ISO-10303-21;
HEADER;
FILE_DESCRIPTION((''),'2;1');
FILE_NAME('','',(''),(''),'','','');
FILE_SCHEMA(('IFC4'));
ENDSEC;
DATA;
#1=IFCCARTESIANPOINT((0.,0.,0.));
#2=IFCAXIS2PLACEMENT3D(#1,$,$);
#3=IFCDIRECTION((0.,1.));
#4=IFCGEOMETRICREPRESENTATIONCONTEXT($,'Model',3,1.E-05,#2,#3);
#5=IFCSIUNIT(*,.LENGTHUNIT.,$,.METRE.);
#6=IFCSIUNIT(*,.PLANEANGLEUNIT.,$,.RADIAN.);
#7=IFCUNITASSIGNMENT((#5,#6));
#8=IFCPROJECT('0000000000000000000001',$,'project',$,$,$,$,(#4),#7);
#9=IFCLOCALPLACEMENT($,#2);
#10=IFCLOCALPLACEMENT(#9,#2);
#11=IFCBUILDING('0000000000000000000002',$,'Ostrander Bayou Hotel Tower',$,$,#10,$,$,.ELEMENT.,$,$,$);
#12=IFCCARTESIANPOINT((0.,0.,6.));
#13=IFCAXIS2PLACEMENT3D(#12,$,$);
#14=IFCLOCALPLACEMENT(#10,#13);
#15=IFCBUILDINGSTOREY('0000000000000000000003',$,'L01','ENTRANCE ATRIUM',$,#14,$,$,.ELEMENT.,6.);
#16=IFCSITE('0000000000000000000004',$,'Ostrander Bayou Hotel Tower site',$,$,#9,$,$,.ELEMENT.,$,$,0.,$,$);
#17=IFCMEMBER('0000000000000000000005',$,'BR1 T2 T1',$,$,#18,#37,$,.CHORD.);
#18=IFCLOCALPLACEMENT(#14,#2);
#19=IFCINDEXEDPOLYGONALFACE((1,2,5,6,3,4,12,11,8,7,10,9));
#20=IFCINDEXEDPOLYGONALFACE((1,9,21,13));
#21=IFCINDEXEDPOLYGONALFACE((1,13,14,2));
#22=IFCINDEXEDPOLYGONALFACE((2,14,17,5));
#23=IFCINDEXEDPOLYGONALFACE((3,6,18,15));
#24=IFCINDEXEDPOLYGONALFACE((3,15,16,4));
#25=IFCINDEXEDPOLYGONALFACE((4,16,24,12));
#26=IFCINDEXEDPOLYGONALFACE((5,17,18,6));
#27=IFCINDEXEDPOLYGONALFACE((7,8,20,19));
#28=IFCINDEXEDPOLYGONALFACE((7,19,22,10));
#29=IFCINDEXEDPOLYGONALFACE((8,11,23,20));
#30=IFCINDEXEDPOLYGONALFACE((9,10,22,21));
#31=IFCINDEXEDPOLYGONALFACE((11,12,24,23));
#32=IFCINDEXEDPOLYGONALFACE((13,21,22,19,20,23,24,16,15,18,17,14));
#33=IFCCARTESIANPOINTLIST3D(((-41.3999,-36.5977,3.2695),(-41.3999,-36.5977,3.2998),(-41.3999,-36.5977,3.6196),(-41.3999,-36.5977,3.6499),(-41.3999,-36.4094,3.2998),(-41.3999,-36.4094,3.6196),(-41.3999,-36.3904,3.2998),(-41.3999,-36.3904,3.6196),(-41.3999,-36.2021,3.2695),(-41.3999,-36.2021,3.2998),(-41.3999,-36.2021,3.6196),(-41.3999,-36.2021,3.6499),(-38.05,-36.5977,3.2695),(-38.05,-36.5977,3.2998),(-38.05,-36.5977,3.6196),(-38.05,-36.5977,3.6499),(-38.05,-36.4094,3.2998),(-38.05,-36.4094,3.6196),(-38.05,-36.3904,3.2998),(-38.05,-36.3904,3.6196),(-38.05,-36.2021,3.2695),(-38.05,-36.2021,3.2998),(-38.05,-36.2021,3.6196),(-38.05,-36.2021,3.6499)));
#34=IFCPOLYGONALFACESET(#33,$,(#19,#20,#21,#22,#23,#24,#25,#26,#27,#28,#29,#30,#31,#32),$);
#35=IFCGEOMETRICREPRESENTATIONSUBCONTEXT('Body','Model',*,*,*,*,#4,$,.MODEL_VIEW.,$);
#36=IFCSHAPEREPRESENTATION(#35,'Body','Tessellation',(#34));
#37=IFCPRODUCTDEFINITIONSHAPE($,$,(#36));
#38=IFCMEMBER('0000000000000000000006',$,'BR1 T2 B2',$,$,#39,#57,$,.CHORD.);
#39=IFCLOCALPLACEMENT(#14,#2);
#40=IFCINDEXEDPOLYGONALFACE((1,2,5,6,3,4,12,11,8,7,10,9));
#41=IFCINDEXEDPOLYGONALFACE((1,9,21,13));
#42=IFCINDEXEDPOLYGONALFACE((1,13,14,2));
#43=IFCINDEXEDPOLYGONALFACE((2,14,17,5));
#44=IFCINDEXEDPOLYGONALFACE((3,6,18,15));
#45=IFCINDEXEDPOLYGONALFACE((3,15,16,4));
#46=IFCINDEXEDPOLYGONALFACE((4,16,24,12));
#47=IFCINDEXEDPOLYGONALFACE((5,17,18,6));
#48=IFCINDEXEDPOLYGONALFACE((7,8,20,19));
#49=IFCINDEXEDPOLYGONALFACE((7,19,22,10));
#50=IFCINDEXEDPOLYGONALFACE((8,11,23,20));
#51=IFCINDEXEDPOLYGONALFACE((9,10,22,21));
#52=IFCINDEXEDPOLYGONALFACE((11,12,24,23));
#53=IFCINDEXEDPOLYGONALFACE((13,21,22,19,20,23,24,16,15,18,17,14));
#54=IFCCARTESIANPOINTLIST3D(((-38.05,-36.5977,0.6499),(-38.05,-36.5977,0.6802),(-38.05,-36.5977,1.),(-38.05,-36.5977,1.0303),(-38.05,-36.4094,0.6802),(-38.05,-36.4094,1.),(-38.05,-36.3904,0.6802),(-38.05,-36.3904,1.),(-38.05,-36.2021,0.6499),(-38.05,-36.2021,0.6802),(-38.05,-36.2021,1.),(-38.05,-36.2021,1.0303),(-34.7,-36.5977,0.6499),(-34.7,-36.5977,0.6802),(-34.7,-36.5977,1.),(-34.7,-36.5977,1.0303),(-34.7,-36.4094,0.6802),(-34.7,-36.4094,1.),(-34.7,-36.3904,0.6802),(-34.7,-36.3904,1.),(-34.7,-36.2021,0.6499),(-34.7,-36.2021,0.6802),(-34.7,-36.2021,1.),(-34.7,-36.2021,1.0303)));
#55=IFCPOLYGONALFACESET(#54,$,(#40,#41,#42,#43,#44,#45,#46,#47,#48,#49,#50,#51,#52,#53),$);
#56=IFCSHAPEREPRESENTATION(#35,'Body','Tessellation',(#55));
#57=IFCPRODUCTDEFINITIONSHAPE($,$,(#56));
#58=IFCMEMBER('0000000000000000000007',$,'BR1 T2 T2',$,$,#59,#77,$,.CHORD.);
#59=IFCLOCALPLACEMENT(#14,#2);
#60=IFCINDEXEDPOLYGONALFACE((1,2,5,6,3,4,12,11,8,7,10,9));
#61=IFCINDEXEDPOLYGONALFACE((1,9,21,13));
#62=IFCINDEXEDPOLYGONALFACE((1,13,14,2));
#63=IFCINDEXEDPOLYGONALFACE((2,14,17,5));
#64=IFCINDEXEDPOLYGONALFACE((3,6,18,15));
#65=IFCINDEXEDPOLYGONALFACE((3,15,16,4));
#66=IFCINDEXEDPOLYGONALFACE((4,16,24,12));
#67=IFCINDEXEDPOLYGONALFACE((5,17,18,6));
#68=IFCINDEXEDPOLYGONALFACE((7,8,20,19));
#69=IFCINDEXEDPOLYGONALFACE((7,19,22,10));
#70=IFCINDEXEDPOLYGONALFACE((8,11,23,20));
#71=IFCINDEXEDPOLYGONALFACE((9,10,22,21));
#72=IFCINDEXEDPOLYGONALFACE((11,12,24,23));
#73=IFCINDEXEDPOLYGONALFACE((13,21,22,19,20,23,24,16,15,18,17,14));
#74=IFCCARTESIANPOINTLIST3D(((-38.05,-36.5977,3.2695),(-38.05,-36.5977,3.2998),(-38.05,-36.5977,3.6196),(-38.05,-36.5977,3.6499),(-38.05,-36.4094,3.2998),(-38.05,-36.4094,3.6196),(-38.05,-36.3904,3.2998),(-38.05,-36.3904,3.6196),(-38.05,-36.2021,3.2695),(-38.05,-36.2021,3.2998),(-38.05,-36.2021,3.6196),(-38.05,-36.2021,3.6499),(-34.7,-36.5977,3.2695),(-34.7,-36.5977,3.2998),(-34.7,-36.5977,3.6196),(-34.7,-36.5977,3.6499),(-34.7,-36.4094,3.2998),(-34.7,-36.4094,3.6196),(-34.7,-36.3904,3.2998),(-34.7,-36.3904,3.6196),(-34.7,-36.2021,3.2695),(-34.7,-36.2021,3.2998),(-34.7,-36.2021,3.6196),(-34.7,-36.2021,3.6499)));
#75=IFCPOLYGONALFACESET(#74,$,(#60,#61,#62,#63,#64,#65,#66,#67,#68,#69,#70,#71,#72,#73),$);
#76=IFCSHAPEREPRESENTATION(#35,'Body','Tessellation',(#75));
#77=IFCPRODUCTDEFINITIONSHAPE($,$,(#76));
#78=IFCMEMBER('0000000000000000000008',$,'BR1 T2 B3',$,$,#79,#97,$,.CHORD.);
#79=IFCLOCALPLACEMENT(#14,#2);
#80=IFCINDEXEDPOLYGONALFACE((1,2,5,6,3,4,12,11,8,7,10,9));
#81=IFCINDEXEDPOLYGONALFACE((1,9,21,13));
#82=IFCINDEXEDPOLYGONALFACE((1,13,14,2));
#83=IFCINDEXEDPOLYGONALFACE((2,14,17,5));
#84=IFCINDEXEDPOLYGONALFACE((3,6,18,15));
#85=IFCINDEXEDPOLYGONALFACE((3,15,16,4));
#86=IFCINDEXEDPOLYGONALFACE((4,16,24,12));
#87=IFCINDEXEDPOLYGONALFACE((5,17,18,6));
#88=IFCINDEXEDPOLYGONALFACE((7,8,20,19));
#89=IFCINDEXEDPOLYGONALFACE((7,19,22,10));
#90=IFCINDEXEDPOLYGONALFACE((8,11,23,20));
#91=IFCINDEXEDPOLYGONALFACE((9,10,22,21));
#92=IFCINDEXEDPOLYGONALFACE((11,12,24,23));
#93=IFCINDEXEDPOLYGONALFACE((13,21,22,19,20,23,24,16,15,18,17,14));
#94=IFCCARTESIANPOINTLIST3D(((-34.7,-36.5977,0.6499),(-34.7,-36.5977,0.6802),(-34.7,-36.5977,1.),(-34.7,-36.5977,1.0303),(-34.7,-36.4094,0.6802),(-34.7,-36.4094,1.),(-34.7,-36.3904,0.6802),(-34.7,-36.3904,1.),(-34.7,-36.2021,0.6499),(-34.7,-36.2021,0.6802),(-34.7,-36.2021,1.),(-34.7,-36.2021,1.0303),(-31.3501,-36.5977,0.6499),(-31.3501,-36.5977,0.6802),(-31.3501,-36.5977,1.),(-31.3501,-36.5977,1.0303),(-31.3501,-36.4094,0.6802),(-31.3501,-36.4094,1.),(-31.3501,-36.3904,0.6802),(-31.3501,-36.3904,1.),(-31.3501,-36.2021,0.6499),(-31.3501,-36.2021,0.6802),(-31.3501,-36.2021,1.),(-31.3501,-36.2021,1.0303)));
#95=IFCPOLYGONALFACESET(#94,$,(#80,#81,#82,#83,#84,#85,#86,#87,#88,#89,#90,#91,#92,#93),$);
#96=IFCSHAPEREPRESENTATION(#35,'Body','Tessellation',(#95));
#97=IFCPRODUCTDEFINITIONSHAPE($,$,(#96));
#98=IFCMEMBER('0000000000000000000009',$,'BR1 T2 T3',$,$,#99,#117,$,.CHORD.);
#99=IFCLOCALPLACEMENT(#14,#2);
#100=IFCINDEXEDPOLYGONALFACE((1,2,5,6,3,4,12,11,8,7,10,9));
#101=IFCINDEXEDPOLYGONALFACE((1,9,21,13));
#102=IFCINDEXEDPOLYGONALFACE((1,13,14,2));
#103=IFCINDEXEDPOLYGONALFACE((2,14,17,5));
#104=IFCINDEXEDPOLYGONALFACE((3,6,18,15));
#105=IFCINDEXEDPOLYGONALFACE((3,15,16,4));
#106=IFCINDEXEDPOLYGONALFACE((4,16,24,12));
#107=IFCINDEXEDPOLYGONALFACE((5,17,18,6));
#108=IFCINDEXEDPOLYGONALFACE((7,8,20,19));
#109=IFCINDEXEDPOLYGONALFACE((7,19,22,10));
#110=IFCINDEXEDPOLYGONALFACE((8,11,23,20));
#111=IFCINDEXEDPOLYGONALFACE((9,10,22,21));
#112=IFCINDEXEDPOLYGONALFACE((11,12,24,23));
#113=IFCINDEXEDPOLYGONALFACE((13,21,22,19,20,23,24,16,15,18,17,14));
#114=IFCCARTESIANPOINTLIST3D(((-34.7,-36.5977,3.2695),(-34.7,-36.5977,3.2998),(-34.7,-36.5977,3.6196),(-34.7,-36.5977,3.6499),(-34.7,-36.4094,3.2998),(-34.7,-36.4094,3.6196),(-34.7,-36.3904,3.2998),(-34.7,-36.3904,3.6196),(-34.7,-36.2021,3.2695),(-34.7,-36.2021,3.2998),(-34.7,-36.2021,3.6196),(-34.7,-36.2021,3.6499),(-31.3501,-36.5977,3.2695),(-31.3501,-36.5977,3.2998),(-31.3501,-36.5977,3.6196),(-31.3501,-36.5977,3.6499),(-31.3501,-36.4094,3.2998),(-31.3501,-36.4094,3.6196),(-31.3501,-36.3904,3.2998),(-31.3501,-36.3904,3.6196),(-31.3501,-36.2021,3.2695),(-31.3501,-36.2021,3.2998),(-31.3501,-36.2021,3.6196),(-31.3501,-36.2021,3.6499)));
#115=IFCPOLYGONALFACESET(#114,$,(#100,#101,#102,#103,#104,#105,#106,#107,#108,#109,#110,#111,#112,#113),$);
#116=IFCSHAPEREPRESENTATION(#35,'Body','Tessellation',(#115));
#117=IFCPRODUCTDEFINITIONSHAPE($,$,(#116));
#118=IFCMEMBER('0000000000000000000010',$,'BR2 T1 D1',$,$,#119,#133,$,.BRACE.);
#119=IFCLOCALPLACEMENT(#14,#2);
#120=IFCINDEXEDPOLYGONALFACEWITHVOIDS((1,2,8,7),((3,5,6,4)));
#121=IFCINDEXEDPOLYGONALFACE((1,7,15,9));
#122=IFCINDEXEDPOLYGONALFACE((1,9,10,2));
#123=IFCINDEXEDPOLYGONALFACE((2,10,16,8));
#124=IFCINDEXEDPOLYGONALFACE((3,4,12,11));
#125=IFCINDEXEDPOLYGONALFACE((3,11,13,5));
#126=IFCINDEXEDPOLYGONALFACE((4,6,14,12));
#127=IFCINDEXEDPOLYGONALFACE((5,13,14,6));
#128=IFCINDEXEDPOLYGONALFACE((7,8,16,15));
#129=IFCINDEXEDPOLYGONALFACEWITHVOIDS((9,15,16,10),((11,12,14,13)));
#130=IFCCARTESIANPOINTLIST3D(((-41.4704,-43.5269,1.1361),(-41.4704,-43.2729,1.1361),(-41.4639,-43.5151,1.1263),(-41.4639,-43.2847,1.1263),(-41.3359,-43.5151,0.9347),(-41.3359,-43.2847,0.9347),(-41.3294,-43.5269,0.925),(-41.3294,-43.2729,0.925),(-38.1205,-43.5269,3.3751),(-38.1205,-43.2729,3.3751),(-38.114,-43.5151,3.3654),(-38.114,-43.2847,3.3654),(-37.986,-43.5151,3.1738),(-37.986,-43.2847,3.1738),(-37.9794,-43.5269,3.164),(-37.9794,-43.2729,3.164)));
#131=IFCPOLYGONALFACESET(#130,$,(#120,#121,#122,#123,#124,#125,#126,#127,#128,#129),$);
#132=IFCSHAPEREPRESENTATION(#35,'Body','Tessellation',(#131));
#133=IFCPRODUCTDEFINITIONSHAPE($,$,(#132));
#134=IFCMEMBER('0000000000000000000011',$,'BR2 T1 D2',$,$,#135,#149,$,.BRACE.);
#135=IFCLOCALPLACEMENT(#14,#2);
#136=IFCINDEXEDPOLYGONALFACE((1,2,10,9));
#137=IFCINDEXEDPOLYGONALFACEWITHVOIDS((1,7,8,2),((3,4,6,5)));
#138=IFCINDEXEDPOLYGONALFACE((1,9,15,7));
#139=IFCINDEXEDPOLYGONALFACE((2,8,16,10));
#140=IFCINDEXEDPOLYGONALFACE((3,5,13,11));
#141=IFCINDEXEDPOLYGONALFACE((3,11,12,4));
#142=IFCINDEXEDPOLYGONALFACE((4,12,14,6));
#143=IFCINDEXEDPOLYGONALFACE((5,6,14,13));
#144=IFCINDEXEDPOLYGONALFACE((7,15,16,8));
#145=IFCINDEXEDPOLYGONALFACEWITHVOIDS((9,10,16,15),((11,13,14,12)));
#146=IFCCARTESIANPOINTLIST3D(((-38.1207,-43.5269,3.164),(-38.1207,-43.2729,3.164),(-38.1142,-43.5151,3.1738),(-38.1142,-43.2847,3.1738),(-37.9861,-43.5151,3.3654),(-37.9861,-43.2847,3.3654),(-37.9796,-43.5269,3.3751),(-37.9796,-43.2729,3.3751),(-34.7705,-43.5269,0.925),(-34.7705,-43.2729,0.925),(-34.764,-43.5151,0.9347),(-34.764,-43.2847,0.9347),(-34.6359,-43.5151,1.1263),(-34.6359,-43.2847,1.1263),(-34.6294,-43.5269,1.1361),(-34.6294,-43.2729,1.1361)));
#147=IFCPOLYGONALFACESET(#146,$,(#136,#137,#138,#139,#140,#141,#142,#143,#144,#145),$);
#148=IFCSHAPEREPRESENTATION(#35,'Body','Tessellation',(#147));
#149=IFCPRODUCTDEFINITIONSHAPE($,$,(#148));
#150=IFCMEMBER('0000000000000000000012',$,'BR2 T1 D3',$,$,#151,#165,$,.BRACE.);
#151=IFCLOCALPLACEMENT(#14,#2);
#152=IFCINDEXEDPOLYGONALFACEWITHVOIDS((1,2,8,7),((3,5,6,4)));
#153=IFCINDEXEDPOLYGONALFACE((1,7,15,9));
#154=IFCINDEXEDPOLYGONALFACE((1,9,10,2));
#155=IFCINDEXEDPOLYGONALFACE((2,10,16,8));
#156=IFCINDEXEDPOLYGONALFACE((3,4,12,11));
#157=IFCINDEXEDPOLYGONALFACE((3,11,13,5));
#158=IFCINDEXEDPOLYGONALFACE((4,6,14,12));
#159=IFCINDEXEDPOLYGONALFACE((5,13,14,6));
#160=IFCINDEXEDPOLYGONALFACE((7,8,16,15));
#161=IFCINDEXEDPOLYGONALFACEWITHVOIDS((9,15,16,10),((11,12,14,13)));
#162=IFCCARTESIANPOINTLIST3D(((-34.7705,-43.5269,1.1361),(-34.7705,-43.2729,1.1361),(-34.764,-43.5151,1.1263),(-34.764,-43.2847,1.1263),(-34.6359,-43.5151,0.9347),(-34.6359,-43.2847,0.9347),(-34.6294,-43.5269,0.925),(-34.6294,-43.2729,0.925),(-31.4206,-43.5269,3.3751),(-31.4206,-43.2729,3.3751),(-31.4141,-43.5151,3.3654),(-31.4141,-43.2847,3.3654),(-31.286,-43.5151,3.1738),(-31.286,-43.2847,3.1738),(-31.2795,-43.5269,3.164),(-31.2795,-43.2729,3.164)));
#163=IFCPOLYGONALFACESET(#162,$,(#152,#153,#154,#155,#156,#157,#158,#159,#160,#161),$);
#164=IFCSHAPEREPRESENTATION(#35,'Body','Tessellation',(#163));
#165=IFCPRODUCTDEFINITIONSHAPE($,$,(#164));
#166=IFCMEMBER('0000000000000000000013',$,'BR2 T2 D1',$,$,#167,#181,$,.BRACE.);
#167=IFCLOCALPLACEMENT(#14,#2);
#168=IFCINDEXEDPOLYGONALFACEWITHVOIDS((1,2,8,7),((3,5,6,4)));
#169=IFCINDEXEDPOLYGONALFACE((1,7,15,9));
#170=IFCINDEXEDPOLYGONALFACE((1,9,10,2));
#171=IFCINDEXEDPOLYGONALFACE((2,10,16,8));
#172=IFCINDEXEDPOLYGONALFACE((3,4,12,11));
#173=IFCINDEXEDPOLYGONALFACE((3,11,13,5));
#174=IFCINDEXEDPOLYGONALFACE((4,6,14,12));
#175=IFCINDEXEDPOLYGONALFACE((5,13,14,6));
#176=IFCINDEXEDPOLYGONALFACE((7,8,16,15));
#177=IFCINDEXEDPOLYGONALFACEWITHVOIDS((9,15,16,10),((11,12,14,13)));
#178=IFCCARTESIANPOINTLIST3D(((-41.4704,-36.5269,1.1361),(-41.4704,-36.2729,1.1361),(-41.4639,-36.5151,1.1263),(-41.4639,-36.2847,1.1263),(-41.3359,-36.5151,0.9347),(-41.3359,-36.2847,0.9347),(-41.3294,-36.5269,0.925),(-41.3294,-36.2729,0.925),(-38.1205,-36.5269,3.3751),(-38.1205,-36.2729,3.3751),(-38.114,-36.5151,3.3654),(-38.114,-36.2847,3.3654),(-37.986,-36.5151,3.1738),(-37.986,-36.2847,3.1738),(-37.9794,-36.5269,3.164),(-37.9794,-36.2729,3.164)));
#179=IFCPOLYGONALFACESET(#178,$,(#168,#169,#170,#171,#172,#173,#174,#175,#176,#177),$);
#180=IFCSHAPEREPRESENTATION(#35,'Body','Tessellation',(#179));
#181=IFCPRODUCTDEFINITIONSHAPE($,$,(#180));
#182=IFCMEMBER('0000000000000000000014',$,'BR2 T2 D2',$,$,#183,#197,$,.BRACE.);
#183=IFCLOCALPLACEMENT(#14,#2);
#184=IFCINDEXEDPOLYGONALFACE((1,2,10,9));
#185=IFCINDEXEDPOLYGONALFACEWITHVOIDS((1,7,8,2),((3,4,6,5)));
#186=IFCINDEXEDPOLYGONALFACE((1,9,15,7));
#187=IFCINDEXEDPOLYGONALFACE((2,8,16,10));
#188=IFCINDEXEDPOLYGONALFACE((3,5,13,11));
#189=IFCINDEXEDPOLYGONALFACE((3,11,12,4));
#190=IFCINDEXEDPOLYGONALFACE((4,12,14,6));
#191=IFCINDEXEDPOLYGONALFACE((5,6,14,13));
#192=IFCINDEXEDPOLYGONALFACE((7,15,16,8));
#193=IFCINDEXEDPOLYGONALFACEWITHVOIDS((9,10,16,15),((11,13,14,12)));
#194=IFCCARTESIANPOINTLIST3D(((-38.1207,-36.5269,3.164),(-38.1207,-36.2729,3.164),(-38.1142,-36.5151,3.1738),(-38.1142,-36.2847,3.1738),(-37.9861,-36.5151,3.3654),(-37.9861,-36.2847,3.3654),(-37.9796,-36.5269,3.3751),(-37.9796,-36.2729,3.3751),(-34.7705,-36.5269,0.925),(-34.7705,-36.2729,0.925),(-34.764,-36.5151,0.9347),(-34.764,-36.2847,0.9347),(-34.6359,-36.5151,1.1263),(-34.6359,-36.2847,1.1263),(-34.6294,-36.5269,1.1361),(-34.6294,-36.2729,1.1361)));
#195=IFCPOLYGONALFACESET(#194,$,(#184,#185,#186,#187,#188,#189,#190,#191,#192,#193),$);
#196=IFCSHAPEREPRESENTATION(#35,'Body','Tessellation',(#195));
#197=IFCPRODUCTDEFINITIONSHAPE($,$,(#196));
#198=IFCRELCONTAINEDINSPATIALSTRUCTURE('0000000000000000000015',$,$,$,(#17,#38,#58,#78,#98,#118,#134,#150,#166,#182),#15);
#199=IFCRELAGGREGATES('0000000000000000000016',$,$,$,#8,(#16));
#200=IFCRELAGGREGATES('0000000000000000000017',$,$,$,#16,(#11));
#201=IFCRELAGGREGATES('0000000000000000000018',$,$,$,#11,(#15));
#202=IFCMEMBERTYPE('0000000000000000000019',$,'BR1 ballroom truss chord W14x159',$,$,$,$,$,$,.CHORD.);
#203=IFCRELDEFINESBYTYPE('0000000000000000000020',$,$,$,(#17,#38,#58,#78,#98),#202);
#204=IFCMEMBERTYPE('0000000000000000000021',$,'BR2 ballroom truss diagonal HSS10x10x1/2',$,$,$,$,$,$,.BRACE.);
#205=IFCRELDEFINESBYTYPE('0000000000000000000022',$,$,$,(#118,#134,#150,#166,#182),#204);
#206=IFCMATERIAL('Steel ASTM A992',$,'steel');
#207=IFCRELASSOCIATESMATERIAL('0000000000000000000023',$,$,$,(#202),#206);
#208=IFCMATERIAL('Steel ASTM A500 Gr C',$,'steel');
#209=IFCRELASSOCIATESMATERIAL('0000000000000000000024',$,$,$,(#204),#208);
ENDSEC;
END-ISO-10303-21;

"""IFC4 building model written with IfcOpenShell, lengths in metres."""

from ifc_helpers import new_model, si_unit, direction, frame, origin, origin_2d, place, context, subcontext, project, spatial, hollow_rectangle, i_section, extrude, material, material_profile, profile_set, type_object, element, save


model = new_model("IFC4")

# Units and contexts
model_context = context("Model", 3, precision=1e-05, world=origin(), true_north=direction((0.0, 1.0)))
body_context = subcontext(model_context, "Body", "Model", "MODEL_VIEW")
ifc_project = project(units=[si_unit("LENGTHUNIT", "METRE"), si_unit("PLANEANGLEUNIT", "RADIAN")], contexts=[model_context])

# Site, building, storey
site_placement = place(None, origin())
site = spatial("IfcSite", under=ifc_project, at=site_placement, Name="Ostrander Bayou Hotel Tower site", CompositionType="ELEMENT", RefElevation=0.0)
building_placement = place(site_placement, origin())
building = spatial("IfcBuilding", under=site, at=building_placement, Name="Ostrander Bayou Hotel Tower", CompositionType="ELEMENT")
storey_placement = place(building_placement, frame((0.0, 0.0, 6.0)))
storey = spatial("IfcBuildingStorey", under=building, at=storey_placement, Name="L01", Description="ENTRANCE ATRIUM", CompositionType="ELEMENT", Elevation=6.0)

# Members
ifc_material_1 = material(Name="Steel ASTM A992", Category="steel")
ifc_material_profile_1 = material_profile(ifc_material_1, i_section(OverallWidth=0.3955, OverallDepth=0.3804, WebThickness=0.019, FlangeThickness=0.0303, at=origin_2d()))
ifc_profile_set_1 = profile_set([ifc_material_profile_1], Name="Steel ASTM A992")
member_type_1 = type_object("IfcMemberType", Name="BR1 ballroom truss chord W14x159", PredefinedType="CHORD", material=ifc_profile_set_1)
for number, where, z_axis, x_axis, name in (
    (1, (-41.3999, -36.3999, 3.4597), (1.0, 0.0, 0.0), (0.0, 1.0, 0.0), "BR1 T2 T1"),
):
    element("IfcMember", number, at=place(storey_placement, frame(where, z_axis=z_axis, x_axis=x_axis)), inside=storey, type_object=member_type_1, Name=name, PredefinedType="CHORD", context=body_context, shape_type="SweptSolid", body=[
        extrude(i_section(OverallWidth=0.3955, OverallDepth=0.3804, WebThickness=0.019, FlangeThickness=0.0303, at=origin_2d()), origin(), (0.0, 0.0, 1.0), 3.3499),
    ])
for number, where, z_axis, x_axis, name in (
    (2, (-38.05, -36.3999, 0.8401), (1.0, 0.0, 0.0), (0.0, 1.0, 0.0), "BR1 T2 B2"),
    (3, (-38.05, -36.3999, 3.4597), (1.0, 0.0, 0.0), (0.0, 1.0, 0.0), "BR1 T2 T2"),
):
    element("IfcMember", number, at=place(storey_placement, frame(where, z_axis=z_axis, x_axis=x_axis)), inside=storey, type_object=member_type_1, Name=name, PredefinedType="CHORD", context=body_context, shape_type="SweptSolid", body=[
        extrude(i_section(OverallWidth=0.3955, OverallDepth=0.3804, WebThickness=0.019, FlangeThickness=0.0303, at=origin_2d()), origin(), (0.0, 0.0, 1.0), 3.3501),
    ])
for number, where, z_axis, x_axis, name in (
    (4, (-34.7, -36.3999, 0.8401), (1.0, 0.0, 0.0), (0.0, 1.0, 0.0), "BR1 T2 B3"),
    (5, (-34.7, -36.3999, 3.4597), (1.0, 0.0, 0.0), (0.0, 1.0, 0.0), "BR1 T2 T3"),
):
    element("IfcMember", number, at=place(storey_placement, frame(where, z_axis=z_axis, x_axis=x_axis)), inside=storey, type_object=member_type_1, Name=name, PredefinedType="CHORD", context=body_context, shape_type="SweptSolid", body=[
        extrude(i_section(OverallWidth=0.3955, OverallDepth=0.3804, WebThickness=0.019, FlangeThickness=0.0303, at=origin_2d()), origin(), (0.0, 0.0, 1.0), 3.3499),
    ])
ifc_material_2 = material(Name="Steel ASTM A500 Gr C", Category="steel")
ifc_material_profile_2 = material_profile(ifc_material_2, hollow_rectangle(XDim=0.2539, YDim=0.2539, WallThickness=0.0117, at=origin_2d()))
ifc_profile_set_2 = profile_set([ifc_material_profile_2], Name="Steel ASTM A500 Gr C")
member_type_2 = type_object("IfcMemberType", Name="BR2 ballroom truss diagonal HSS10x10x1/2", PredefinedType="BRACE", material=ifc_profile_set_2)
member_1_placement = place(storey_placement, frame((-41.3999, -43.3999, 1.0305), z_axis=(0.831388, 0.0, 0.555693), x_axis=(0.0, 1.0, 0.0)))
element("IfcMember", 6, at=member_1_placement, inside=storey, type_object=member_type_2, Name="BR2 T1 D1", PredefinedType="BRACE", context=body_context, shape_type="SweptSolid", body=[
    extrude(hollow_rectangle(XDim=0.2539, YDim=0.2539, WallThickness=0.0117, at=origin_2d()), origin(), (0.0, 0.0, 1.0), 4.0293),
])
member_2_placement = place(storey_placement, frame((-34.7, -43.3999, 1.0305), z_axis=(-0.831407, 0.0, 0.555665), x_axis=(0.0, -1.0, 0.0)))
element("IfcMember", 7, at=member_2_placement, inside=storey, type_object=member_type_2, Name="BR2 T1 D2", PredefinedType="BRACE", context=body_context, shape_type="SweptSolid", body=[
    extrude(hollow_rectangle(XDim=0.2539, YDim=0.2539, WallThickness=0.0117, at=origin_2d()), origin(), (0.0, 0.0, 1.0), 4.0295),
])
for number, where, z_axis, x_axis, name in (
    (8, (-34.7, -43.3999, 1.0305), (0.831388, 0.0, 0.555693), (0.0, 1.0, 0.0), "BR2 T1 D3"),
    (9, (-41.3999, -36.3999, 1.0305), (0.831388, 0.0, 0.555693), (0.0, 1.0, 0.0), "BR2 T2 D1"),
):
    element("IfcMember", number, at=place(storey_placement, frame(where, z_axis=z_axis, x_axis=x_axis)), inside=storey, type_object=member_type_2, Name=name, PredefinedType="BRACE", context=body_context, shape_type="SweptSolid", body=[
        extrude(hollow_rectangle(XDim=0.2539, YDim=0.2539, WallThickness=0.0117, at=origin_2d()), origin(), (0.0, 0.0, 1.0), 4.0293),
    ])
member_3_placement = place(storey_placement, frame((-34.7, -36.3999, 1.0305), z_axis=(-0.831407, 0.0, 0.555665), x_axis=(0.0, -1.0, 0.0)))
element("IfcMember", 10, at=member_3_placement, inside=storey, type_object=member_type_2, Name="BR2 T2 D2", PredefinedType="BRACE", context=body_context, shape_type="SweptSolid", body=[
    extrude(hollow_rectangle(XDim=0.2539, YDim=0.2539, WallThickness=0.0117, at=origin_2d()), origin(), (0.0, 0.0, 1.0), 4.0295),
])

save(model, "model.ifc")
